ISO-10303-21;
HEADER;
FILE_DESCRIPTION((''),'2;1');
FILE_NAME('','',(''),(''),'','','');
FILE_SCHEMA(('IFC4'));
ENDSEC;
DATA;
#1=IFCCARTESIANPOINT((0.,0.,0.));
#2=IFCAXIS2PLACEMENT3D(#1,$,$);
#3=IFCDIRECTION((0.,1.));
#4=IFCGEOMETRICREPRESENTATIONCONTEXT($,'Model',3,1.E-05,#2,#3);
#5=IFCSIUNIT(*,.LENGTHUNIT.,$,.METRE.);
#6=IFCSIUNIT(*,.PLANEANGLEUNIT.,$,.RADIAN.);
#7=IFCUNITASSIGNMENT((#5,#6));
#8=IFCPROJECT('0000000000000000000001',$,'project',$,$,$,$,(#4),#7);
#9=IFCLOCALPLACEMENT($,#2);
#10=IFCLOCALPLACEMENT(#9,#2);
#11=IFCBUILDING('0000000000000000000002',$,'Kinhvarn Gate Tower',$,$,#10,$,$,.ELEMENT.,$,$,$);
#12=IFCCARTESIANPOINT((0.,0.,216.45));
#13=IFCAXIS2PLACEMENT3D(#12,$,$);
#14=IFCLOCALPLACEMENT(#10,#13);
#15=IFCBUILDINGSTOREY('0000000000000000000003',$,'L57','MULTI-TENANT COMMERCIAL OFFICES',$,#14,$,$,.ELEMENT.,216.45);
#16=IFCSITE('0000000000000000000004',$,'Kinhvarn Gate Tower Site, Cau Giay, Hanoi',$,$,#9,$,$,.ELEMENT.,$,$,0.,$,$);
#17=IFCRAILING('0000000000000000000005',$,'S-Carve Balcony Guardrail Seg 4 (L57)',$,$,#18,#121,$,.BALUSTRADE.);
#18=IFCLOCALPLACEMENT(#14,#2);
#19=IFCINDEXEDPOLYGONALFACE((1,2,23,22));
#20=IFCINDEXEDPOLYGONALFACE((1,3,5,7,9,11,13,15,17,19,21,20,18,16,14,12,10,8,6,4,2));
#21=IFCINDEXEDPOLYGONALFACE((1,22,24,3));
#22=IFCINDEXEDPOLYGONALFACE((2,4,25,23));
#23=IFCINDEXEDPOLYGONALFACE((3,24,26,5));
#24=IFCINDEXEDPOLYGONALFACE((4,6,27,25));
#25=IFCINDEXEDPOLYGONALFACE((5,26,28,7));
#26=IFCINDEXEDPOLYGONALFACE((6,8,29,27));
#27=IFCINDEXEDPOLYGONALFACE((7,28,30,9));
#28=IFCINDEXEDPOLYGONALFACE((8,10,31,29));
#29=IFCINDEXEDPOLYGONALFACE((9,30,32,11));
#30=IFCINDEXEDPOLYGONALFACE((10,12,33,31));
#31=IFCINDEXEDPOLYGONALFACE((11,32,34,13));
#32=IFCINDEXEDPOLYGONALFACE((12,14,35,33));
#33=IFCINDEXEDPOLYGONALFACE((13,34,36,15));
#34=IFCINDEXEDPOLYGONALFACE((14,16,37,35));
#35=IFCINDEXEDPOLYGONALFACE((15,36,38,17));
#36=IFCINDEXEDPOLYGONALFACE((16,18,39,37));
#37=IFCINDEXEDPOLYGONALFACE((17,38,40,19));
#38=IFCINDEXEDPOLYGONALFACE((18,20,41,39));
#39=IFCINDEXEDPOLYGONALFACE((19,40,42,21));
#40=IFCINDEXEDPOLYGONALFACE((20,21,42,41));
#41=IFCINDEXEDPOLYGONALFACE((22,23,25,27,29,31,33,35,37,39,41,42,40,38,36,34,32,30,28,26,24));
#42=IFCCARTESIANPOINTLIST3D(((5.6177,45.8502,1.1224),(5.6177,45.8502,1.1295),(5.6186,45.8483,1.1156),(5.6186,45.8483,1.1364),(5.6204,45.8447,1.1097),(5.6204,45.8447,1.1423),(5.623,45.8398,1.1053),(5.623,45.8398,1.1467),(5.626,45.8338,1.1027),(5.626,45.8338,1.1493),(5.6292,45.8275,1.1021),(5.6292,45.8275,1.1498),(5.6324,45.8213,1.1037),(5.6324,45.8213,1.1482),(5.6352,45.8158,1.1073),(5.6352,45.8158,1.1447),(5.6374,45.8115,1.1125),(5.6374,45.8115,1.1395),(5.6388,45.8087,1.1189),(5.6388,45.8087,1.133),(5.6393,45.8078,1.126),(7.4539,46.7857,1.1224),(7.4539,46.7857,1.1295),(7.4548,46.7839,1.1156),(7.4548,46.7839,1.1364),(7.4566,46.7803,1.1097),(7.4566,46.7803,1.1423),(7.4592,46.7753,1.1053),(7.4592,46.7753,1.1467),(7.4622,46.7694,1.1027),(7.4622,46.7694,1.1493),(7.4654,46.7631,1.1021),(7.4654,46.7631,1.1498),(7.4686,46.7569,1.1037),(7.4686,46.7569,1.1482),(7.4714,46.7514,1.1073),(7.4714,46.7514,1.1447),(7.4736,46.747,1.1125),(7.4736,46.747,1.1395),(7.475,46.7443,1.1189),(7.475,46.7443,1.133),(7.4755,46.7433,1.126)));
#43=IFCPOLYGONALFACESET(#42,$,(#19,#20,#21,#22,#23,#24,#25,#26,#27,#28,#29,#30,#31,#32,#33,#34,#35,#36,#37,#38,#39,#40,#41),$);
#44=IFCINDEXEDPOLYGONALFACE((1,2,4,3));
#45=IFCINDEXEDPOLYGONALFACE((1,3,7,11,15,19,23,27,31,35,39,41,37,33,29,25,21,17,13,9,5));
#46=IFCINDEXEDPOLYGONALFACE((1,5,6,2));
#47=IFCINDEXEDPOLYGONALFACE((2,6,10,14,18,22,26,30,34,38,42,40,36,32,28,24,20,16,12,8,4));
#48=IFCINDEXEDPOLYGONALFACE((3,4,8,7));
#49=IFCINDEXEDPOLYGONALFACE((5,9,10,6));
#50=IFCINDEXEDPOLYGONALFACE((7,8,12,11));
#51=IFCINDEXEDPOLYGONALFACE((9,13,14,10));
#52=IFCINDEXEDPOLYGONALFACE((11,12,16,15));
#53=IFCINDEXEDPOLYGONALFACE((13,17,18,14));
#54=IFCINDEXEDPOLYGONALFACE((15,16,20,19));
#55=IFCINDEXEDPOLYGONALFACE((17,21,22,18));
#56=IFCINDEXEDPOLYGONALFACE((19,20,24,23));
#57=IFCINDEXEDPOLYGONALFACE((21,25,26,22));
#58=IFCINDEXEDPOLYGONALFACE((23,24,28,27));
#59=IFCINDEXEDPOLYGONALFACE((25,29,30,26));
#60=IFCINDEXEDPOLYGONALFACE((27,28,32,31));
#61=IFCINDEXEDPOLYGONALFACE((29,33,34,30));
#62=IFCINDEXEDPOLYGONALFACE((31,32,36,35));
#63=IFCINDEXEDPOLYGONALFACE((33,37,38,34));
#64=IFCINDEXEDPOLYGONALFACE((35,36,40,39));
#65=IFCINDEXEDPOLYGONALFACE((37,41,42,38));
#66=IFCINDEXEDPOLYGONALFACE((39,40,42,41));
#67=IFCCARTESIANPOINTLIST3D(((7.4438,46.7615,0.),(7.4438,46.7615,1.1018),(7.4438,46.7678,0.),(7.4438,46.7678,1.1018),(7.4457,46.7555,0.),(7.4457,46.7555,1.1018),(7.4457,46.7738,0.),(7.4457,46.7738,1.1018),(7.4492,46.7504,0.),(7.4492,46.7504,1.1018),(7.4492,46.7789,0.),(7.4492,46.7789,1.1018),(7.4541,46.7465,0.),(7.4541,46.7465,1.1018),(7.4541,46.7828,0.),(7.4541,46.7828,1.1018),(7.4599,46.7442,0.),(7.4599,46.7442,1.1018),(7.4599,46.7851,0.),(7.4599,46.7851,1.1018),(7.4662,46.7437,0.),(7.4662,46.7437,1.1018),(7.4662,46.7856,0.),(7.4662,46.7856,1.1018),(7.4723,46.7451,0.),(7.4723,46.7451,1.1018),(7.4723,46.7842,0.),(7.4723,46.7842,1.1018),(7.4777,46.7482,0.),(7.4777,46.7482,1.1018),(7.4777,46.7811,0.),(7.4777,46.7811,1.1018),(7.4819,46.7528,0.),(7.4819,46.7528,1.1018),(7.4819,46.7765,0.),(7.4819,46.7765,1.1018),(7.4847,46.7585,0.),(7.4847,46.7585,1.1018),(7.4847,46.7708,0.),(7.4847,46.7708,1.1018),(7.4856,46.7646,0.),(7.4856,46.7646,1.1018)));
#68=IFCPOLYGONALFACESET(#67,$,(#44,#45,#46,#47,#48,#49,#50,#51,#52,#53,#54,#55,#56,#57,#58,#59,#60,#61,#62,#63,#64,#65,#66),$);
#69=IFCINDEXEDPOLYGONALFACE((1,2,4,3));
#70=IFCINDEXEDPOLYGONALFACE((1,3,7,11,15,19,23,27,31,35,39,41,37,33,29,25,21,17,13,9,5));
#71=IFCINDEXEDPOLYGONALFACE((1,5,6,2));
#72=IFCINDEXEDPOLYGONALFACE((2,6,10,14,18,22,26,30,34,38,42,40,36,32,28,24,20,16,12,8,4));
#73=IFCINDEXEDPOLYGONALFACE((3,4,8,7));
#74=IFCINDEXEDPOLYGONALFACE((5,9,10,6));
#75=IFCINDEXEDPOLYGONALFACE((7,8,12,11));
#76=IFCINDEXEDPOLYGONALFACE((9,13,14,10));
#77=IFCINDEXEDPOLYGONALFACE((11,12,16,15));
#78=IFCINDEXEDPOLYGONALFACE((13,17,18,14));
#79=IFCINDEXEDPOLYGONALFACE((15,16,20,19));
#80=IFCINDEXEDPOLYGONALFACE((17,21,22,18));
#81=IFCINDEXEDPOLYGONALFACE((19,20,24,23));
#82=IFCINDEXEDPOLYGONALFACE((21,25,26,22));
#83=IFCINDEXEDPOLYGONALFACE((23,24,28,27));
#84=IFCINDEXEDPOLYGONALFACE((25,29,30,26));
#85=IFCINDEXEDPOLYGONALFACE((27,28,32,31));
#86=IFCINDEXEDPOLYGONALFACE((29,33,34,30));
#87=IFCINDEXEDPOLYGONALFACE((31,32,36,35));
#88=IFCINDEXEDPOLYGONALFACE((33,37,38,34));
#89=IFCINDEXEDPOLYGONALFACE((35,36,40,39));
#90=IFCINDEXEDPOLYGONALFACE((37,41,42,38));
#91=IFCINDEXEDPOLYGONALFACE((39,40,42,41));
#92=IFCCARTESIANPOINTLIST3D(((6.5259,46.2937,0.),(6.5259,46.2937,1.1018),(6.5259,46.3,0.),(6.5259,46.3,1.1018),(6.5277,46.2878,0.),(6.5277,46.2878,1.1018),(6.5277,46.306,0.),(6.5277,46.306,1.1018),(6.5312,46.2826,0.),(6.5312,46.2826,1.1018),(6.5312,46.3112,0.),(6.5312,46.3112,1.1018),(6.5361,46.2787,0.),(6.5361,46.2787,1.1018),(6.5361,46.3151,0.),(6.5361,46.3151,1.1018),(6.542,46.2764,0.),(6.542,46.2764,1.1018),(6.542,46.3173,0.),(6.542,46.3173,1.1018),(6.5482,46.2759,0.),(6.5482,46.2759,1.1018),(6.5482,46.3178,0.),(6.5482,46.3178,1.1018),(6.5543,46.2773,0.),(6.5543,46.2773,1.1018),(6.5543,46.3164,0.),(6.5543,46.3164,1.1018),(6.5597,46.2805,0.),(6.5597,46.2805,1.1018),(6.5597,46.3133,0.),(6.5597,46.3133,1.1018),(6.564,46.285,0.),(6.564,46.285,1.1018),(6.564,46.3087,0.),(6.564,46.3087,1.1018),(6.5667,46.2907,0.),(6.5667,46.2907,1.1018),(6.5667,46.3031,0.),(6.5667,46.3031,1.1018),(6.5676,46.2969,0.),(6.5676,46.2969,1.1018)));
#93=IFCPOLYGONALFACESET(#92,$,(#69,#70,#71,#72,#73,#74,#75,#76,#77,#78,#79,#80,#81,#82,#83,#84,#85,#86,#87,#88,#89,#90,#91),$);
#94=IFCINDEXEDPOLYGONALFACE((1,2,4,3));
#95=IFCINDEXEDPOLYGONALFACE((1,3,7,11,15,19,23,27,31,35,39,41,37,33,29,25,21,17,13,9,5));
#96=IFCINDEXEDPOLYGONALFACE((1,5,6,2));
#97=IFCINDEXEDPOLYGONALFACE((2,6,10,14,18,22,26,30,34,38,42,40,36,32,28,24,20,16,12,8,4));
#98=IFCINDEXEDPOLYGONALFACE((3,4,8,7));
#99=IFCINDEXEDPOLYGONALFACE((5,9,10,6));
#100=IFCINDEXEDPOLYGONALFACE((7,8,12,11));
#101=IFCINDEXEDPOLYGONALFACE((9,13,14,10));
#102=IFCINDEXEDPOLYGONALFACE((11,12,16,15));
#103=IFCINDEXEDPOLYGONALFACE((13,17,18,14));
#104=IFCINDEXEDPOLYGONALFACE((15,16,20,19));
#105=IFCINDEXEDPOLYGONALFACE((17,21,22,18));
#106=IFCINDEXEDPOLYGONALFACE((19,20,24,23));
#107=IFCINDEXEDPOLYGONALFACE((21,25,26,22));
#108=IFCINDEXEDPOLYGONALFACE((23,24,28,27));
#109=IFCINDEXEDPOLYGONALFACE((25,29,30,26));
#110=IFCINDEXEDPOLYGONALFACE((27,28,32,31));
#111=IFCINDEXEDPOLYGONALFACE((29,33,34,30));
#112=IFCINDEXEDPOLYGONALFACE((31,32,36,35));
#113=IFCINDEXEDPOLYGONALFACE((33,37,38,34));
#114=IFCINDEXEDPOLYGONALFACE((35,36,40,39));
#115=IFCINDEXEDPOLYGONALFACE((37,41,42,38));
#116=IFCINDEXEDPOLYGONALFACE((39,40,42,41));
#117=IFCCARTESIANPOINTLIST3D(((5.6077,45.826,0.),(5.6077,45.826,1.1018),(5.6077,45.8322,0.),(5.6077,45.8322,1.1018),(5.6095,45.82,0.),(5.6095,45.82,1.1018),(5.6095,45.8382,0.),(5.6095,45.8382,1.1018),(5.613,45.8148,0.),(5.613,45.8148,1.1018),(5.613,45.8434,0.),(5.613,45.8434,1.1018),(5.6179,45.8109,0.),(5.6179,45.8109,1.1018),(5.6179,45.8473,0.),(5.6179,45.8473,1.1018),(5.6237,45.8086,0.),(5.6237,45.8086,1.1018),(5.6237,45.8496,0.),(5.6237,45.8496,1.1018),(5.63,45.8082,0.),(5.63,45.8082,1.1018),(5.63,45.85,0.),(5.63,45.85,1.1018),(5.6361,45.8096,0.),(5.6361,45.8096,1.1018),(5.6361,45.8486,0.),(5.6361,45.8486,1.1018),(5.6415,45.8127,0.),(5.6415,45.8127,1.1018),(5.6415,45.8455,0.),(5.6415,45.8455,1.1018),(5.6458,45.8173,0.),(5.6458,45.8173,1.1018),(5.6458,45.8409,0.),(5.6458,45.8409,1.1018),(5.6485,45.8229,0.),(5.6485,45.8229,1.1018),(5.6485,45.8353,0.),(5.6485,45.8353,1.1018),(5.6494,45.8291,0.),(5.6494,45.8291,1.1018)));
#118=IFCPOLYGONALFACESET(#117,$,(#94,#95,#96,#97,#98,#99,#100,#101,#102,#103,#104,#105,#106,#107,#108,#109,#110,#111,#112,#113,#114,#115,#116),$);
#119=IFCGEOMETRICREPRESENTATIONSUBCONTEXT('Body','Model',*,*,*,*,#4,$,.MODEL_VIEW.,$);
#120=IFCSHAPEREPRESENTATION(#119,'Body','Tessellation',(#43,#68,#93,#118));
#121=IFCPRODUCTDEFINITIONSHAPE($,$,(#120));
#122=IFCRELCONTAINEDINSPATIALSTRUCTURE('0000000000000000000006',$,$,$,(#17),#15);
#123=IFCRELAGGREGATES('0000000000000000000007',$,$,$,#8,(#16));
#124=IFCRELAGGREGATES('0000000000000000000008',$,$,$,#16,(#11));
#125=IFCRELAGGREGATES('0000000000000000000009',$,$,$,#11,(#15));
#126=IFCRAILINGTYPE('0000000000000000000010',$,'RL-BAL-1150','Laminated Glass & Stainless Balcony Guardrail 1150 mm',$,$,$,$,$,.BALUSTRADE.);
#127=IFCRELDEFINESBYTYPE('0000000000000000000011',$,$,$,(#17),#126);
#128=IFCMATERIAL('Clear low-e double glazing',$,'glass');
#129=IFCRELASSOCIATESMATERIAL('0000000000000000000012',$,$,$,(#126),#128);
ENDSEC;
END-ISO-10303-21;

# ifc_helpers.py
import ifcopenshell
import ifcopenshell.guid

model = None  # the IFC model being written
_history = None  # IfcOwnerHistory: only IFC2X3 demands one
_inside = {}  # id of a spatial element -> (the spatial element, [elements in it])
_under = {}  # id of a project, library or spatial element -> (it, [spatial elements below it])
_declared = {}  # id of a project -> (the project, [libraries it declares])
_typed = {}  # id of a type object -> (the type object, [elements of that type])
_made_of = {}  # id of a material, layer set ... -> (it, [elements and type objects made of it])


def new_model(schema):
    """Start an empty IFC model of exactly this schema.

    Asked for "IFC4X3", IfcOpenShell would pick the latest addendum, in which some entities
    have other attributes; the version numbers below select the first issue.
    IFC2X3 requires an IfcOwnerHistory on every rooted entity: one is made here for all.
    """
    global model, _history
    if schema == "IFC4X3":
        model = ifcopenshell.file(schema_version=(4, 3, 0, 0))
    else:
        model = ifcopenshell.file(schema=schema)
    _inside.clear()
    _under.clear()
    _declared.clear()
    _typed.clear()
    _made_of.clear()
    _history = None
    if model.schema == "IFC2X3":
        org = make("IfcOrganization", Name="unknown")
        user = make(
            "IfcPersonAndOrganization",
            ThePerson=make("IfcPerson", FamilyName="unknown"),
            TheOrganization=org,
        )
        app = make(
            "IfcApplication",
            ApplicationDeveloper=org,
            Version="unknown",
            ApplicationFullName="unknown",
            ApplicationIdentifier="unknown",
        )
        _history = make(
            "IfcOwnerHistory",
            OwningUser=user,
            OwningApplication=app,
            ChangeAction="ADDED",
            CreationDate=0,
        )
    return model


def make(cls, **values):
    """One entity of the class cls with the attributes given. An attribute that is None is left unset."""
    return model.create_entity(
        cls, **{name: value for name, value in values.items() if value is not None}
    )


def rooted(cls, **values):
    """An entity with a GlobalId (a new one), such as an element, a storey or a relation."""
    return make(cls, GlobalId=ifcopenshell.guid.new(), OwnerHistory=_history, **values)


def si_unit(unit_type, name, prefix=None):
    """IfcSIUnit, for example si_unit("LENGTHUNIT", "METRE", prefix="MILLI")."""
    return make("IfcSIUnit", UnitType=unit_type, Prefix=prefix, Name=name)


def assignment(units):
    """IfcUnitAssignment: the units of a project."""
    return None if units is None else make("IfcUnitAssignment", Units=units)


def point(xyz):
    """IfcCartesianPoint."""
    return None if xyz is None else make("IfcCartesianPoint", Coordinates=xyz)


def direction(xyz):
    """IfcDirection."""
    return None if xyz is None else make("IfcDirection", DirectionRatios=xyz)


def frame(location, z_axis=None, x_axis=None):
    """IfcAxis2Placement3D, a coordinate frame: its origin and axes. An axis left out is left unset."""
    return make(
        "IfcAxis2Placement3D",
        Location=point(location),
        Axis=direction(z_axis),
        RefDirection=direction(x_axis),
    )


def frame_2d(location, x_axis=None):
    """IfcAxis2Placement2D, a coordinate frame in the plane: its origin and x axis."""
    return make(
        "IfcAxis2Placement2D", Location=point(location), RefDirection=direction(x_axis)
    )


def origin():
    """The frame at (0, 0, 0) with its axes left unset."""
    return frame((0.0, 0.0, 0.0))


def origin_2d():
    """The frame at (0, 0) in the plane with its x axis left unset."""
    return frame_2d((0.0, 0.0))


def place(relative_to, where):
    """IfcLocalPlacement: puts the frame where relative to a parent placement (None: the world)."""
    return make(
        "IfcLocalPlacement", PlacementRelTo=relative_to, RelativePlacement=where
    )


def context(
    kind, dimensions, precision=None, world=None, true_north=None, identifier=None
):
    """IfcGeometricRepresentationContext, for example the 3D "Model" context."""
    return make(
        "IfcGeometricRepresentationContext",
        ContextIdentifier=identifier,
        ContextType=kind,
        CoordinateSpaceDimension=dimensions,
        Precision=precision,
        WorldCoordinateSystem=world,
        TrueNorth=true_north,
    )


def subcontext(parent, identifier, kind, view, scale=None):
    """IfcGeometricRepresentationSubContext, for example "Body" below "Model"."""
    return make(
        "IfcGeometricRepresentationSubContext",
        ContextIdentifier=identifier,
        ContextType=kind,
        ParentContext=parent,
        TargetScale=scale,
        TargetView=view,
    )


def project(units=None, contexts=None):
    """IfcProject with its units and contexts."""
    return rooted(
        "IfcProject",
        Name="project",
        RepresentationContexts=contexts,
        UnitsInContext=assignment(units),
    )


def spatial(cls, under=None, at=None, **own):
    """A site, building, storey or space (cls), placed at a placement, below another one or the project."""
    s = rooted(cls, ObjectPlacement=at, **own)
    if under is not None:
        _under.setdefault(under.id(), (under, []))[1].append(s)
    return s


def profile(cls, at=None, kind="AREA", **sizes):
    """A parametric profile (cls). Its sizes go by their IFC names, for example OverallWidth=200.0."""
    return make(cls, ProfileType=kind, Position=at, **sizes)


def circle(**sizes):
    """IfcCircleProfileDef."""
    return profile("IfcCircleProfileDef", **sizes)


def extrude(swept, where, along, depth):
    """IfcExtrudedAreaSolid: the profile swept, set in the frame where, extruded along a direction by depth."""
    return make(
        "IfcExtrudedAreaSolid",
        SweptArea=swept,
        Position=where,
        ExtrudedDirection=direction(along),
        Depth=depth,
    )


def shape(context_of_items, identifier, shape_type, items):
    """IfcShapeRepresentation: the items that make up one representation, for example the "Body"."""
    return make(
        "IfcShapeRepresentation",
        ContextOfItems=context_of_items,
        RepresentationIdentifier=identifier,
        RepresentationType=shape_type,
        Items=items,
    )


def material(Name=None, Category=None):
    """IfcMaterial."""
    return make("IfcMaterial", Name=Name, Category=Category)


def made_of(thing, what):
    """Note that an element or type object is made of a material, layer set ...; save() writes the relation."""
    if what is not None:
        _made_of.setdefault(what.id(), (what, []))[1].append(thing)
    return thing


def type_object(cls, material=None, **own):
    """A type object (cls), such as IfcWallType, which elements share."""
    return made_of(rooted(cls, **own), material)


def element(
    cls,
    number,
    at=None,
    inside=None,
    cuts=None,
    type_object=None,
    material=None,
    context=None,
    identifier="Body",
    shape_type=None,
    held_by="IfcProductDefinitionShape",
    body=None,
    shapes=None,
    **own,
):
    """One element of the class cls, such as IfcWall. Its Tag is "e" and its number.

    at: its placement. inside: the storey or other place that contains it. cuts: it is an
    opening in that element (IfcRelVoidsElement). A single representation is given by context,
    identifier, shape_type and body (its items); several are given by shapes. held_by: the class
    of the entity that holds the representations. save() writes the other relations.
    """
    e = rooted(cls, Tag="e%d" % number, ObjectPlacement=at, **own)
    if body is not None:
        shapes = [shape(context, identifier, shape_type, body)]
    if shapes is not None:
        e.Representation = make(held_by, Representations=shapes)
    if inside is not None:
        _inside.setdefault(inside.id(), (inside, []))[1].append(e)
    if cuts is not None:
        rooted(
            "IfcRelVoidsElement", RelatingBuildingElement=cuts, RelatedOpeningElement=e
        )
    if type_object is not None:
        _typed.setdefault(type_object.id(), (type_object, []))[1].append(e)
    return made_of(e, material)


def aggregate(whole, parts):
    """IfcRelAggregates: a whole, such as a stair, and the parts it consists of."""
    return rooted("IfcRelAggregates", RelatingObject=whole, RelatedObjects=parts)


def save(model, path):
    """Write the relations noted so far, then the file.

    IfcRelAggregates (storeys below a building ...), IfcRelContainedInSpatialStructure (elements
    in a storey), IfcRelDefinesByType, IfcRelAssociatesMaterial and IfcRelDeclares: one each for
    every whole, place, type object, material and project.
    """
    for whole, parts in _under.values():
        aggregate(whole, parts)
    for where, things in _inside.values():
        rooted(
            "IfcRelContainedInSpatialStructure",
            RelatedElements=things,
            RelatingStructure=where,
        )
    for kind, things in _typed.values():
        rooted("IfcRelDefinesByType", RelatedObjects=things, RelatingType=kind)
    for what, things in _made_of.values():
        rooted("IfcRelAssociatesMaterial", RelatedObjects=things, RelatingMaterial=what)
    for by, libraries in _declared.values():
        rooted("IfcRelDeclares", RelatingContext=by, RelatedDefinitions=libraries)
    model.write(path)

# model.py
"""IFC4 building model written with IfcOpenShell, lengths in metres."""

from ifc_helpers import new_model, si_unit, direction, frame, origin, origin_2d, place, context, subcontext, project, spatial, circle, extrude, material, type_object, element, save


model = new_model("IFC4")

# Units and contexts
model_context = context("Model", 3, precision=1e-05, world=origin(), true_north=direction((0.0, 1.0)))
body_context = subcontext(model_context, "Body", "Model", "MODEL_VIEW")
ifc_project = project(units=[si_unit("LENGTHUNIT", "METRE"), si_unit("PLANEANGLEUNIT", "RADIAN")], contexts=[model_context])

# Site, building, storey
site_placement = place(None, origin())
site = spatial("IfcSite", under=ifc_project, at=site_placement, Name="Kinhvarn Gate Tower Site, Cau Giay, Hanoi", CompositionType="ELEMENT", RefElevation=0.0)
building_placement = place(site_placement, origin())
building = spatial("IfcBuilding", under=site, at=building_placement, Name="Kinhvarn Gate Tower", CompositionType="ELEMENT")
storey_placement = place(building_placement, frame((0.0, 0.0, 216.45)))
storey = spatial("IfcBuildingStorey", under=building, at=storey_placement, Name="L57", Description="MULTI-TENANT COMMERCIAL OFFICES", CompositionType="ELEMENT", Elevation=216.45)

# Shared definitions
ifc_material_1 = material(Name="Clear low-e double glazing", Category="glass")

# Railing
railing_type = type_object("IfcRailingType", Name="RL-BAL-1150", Description="Laminated Glass & Stainless Balcony Guardrail 1150 mm", PredefinedType="BALUSTRADE", material=ifc_material_1)
railing_1_placement = place(storey_placement, frame((7.4646, 46.7646, 0.0)))
element("IfcRailing", 1, at=railing_1_placement, inside=storey, type_object=railing_type, Name="S-Carve Balcony Guardrail Seg 4 (L57)", PredefinedType="BALUSTRADE", context=body_context, shape_type="SweptSolid", body=[
    extrude(circle(Radius=0.0239, at=origin_2d()), frame((0.0, 0.0, 1.126), z_axis=(-0.891013, -0.453977, 0.0), x_axis=(0.453977, -0.891013, 0.0)), (0.0, 0.0, 1.0), 2.0608),
    extrude(circle(Radius=0.021, at=origin_2d()), origin(), (0.0, 0.0, 1.0), 1.1018),
    extrude(circle(Radius=0.021, at=origin_2d()), frame((-0.918, -0.4678, 0.0)), (0.0, 0.0, 1.0), 1.1018),
    extrude(circle(Radius=0.021, at=origin_2d()), frame((-1.8362, -0.9355, 0.0)), (0.0, 0.0, 1.0), 1.1018),
])

save(model, "model.ifc")
